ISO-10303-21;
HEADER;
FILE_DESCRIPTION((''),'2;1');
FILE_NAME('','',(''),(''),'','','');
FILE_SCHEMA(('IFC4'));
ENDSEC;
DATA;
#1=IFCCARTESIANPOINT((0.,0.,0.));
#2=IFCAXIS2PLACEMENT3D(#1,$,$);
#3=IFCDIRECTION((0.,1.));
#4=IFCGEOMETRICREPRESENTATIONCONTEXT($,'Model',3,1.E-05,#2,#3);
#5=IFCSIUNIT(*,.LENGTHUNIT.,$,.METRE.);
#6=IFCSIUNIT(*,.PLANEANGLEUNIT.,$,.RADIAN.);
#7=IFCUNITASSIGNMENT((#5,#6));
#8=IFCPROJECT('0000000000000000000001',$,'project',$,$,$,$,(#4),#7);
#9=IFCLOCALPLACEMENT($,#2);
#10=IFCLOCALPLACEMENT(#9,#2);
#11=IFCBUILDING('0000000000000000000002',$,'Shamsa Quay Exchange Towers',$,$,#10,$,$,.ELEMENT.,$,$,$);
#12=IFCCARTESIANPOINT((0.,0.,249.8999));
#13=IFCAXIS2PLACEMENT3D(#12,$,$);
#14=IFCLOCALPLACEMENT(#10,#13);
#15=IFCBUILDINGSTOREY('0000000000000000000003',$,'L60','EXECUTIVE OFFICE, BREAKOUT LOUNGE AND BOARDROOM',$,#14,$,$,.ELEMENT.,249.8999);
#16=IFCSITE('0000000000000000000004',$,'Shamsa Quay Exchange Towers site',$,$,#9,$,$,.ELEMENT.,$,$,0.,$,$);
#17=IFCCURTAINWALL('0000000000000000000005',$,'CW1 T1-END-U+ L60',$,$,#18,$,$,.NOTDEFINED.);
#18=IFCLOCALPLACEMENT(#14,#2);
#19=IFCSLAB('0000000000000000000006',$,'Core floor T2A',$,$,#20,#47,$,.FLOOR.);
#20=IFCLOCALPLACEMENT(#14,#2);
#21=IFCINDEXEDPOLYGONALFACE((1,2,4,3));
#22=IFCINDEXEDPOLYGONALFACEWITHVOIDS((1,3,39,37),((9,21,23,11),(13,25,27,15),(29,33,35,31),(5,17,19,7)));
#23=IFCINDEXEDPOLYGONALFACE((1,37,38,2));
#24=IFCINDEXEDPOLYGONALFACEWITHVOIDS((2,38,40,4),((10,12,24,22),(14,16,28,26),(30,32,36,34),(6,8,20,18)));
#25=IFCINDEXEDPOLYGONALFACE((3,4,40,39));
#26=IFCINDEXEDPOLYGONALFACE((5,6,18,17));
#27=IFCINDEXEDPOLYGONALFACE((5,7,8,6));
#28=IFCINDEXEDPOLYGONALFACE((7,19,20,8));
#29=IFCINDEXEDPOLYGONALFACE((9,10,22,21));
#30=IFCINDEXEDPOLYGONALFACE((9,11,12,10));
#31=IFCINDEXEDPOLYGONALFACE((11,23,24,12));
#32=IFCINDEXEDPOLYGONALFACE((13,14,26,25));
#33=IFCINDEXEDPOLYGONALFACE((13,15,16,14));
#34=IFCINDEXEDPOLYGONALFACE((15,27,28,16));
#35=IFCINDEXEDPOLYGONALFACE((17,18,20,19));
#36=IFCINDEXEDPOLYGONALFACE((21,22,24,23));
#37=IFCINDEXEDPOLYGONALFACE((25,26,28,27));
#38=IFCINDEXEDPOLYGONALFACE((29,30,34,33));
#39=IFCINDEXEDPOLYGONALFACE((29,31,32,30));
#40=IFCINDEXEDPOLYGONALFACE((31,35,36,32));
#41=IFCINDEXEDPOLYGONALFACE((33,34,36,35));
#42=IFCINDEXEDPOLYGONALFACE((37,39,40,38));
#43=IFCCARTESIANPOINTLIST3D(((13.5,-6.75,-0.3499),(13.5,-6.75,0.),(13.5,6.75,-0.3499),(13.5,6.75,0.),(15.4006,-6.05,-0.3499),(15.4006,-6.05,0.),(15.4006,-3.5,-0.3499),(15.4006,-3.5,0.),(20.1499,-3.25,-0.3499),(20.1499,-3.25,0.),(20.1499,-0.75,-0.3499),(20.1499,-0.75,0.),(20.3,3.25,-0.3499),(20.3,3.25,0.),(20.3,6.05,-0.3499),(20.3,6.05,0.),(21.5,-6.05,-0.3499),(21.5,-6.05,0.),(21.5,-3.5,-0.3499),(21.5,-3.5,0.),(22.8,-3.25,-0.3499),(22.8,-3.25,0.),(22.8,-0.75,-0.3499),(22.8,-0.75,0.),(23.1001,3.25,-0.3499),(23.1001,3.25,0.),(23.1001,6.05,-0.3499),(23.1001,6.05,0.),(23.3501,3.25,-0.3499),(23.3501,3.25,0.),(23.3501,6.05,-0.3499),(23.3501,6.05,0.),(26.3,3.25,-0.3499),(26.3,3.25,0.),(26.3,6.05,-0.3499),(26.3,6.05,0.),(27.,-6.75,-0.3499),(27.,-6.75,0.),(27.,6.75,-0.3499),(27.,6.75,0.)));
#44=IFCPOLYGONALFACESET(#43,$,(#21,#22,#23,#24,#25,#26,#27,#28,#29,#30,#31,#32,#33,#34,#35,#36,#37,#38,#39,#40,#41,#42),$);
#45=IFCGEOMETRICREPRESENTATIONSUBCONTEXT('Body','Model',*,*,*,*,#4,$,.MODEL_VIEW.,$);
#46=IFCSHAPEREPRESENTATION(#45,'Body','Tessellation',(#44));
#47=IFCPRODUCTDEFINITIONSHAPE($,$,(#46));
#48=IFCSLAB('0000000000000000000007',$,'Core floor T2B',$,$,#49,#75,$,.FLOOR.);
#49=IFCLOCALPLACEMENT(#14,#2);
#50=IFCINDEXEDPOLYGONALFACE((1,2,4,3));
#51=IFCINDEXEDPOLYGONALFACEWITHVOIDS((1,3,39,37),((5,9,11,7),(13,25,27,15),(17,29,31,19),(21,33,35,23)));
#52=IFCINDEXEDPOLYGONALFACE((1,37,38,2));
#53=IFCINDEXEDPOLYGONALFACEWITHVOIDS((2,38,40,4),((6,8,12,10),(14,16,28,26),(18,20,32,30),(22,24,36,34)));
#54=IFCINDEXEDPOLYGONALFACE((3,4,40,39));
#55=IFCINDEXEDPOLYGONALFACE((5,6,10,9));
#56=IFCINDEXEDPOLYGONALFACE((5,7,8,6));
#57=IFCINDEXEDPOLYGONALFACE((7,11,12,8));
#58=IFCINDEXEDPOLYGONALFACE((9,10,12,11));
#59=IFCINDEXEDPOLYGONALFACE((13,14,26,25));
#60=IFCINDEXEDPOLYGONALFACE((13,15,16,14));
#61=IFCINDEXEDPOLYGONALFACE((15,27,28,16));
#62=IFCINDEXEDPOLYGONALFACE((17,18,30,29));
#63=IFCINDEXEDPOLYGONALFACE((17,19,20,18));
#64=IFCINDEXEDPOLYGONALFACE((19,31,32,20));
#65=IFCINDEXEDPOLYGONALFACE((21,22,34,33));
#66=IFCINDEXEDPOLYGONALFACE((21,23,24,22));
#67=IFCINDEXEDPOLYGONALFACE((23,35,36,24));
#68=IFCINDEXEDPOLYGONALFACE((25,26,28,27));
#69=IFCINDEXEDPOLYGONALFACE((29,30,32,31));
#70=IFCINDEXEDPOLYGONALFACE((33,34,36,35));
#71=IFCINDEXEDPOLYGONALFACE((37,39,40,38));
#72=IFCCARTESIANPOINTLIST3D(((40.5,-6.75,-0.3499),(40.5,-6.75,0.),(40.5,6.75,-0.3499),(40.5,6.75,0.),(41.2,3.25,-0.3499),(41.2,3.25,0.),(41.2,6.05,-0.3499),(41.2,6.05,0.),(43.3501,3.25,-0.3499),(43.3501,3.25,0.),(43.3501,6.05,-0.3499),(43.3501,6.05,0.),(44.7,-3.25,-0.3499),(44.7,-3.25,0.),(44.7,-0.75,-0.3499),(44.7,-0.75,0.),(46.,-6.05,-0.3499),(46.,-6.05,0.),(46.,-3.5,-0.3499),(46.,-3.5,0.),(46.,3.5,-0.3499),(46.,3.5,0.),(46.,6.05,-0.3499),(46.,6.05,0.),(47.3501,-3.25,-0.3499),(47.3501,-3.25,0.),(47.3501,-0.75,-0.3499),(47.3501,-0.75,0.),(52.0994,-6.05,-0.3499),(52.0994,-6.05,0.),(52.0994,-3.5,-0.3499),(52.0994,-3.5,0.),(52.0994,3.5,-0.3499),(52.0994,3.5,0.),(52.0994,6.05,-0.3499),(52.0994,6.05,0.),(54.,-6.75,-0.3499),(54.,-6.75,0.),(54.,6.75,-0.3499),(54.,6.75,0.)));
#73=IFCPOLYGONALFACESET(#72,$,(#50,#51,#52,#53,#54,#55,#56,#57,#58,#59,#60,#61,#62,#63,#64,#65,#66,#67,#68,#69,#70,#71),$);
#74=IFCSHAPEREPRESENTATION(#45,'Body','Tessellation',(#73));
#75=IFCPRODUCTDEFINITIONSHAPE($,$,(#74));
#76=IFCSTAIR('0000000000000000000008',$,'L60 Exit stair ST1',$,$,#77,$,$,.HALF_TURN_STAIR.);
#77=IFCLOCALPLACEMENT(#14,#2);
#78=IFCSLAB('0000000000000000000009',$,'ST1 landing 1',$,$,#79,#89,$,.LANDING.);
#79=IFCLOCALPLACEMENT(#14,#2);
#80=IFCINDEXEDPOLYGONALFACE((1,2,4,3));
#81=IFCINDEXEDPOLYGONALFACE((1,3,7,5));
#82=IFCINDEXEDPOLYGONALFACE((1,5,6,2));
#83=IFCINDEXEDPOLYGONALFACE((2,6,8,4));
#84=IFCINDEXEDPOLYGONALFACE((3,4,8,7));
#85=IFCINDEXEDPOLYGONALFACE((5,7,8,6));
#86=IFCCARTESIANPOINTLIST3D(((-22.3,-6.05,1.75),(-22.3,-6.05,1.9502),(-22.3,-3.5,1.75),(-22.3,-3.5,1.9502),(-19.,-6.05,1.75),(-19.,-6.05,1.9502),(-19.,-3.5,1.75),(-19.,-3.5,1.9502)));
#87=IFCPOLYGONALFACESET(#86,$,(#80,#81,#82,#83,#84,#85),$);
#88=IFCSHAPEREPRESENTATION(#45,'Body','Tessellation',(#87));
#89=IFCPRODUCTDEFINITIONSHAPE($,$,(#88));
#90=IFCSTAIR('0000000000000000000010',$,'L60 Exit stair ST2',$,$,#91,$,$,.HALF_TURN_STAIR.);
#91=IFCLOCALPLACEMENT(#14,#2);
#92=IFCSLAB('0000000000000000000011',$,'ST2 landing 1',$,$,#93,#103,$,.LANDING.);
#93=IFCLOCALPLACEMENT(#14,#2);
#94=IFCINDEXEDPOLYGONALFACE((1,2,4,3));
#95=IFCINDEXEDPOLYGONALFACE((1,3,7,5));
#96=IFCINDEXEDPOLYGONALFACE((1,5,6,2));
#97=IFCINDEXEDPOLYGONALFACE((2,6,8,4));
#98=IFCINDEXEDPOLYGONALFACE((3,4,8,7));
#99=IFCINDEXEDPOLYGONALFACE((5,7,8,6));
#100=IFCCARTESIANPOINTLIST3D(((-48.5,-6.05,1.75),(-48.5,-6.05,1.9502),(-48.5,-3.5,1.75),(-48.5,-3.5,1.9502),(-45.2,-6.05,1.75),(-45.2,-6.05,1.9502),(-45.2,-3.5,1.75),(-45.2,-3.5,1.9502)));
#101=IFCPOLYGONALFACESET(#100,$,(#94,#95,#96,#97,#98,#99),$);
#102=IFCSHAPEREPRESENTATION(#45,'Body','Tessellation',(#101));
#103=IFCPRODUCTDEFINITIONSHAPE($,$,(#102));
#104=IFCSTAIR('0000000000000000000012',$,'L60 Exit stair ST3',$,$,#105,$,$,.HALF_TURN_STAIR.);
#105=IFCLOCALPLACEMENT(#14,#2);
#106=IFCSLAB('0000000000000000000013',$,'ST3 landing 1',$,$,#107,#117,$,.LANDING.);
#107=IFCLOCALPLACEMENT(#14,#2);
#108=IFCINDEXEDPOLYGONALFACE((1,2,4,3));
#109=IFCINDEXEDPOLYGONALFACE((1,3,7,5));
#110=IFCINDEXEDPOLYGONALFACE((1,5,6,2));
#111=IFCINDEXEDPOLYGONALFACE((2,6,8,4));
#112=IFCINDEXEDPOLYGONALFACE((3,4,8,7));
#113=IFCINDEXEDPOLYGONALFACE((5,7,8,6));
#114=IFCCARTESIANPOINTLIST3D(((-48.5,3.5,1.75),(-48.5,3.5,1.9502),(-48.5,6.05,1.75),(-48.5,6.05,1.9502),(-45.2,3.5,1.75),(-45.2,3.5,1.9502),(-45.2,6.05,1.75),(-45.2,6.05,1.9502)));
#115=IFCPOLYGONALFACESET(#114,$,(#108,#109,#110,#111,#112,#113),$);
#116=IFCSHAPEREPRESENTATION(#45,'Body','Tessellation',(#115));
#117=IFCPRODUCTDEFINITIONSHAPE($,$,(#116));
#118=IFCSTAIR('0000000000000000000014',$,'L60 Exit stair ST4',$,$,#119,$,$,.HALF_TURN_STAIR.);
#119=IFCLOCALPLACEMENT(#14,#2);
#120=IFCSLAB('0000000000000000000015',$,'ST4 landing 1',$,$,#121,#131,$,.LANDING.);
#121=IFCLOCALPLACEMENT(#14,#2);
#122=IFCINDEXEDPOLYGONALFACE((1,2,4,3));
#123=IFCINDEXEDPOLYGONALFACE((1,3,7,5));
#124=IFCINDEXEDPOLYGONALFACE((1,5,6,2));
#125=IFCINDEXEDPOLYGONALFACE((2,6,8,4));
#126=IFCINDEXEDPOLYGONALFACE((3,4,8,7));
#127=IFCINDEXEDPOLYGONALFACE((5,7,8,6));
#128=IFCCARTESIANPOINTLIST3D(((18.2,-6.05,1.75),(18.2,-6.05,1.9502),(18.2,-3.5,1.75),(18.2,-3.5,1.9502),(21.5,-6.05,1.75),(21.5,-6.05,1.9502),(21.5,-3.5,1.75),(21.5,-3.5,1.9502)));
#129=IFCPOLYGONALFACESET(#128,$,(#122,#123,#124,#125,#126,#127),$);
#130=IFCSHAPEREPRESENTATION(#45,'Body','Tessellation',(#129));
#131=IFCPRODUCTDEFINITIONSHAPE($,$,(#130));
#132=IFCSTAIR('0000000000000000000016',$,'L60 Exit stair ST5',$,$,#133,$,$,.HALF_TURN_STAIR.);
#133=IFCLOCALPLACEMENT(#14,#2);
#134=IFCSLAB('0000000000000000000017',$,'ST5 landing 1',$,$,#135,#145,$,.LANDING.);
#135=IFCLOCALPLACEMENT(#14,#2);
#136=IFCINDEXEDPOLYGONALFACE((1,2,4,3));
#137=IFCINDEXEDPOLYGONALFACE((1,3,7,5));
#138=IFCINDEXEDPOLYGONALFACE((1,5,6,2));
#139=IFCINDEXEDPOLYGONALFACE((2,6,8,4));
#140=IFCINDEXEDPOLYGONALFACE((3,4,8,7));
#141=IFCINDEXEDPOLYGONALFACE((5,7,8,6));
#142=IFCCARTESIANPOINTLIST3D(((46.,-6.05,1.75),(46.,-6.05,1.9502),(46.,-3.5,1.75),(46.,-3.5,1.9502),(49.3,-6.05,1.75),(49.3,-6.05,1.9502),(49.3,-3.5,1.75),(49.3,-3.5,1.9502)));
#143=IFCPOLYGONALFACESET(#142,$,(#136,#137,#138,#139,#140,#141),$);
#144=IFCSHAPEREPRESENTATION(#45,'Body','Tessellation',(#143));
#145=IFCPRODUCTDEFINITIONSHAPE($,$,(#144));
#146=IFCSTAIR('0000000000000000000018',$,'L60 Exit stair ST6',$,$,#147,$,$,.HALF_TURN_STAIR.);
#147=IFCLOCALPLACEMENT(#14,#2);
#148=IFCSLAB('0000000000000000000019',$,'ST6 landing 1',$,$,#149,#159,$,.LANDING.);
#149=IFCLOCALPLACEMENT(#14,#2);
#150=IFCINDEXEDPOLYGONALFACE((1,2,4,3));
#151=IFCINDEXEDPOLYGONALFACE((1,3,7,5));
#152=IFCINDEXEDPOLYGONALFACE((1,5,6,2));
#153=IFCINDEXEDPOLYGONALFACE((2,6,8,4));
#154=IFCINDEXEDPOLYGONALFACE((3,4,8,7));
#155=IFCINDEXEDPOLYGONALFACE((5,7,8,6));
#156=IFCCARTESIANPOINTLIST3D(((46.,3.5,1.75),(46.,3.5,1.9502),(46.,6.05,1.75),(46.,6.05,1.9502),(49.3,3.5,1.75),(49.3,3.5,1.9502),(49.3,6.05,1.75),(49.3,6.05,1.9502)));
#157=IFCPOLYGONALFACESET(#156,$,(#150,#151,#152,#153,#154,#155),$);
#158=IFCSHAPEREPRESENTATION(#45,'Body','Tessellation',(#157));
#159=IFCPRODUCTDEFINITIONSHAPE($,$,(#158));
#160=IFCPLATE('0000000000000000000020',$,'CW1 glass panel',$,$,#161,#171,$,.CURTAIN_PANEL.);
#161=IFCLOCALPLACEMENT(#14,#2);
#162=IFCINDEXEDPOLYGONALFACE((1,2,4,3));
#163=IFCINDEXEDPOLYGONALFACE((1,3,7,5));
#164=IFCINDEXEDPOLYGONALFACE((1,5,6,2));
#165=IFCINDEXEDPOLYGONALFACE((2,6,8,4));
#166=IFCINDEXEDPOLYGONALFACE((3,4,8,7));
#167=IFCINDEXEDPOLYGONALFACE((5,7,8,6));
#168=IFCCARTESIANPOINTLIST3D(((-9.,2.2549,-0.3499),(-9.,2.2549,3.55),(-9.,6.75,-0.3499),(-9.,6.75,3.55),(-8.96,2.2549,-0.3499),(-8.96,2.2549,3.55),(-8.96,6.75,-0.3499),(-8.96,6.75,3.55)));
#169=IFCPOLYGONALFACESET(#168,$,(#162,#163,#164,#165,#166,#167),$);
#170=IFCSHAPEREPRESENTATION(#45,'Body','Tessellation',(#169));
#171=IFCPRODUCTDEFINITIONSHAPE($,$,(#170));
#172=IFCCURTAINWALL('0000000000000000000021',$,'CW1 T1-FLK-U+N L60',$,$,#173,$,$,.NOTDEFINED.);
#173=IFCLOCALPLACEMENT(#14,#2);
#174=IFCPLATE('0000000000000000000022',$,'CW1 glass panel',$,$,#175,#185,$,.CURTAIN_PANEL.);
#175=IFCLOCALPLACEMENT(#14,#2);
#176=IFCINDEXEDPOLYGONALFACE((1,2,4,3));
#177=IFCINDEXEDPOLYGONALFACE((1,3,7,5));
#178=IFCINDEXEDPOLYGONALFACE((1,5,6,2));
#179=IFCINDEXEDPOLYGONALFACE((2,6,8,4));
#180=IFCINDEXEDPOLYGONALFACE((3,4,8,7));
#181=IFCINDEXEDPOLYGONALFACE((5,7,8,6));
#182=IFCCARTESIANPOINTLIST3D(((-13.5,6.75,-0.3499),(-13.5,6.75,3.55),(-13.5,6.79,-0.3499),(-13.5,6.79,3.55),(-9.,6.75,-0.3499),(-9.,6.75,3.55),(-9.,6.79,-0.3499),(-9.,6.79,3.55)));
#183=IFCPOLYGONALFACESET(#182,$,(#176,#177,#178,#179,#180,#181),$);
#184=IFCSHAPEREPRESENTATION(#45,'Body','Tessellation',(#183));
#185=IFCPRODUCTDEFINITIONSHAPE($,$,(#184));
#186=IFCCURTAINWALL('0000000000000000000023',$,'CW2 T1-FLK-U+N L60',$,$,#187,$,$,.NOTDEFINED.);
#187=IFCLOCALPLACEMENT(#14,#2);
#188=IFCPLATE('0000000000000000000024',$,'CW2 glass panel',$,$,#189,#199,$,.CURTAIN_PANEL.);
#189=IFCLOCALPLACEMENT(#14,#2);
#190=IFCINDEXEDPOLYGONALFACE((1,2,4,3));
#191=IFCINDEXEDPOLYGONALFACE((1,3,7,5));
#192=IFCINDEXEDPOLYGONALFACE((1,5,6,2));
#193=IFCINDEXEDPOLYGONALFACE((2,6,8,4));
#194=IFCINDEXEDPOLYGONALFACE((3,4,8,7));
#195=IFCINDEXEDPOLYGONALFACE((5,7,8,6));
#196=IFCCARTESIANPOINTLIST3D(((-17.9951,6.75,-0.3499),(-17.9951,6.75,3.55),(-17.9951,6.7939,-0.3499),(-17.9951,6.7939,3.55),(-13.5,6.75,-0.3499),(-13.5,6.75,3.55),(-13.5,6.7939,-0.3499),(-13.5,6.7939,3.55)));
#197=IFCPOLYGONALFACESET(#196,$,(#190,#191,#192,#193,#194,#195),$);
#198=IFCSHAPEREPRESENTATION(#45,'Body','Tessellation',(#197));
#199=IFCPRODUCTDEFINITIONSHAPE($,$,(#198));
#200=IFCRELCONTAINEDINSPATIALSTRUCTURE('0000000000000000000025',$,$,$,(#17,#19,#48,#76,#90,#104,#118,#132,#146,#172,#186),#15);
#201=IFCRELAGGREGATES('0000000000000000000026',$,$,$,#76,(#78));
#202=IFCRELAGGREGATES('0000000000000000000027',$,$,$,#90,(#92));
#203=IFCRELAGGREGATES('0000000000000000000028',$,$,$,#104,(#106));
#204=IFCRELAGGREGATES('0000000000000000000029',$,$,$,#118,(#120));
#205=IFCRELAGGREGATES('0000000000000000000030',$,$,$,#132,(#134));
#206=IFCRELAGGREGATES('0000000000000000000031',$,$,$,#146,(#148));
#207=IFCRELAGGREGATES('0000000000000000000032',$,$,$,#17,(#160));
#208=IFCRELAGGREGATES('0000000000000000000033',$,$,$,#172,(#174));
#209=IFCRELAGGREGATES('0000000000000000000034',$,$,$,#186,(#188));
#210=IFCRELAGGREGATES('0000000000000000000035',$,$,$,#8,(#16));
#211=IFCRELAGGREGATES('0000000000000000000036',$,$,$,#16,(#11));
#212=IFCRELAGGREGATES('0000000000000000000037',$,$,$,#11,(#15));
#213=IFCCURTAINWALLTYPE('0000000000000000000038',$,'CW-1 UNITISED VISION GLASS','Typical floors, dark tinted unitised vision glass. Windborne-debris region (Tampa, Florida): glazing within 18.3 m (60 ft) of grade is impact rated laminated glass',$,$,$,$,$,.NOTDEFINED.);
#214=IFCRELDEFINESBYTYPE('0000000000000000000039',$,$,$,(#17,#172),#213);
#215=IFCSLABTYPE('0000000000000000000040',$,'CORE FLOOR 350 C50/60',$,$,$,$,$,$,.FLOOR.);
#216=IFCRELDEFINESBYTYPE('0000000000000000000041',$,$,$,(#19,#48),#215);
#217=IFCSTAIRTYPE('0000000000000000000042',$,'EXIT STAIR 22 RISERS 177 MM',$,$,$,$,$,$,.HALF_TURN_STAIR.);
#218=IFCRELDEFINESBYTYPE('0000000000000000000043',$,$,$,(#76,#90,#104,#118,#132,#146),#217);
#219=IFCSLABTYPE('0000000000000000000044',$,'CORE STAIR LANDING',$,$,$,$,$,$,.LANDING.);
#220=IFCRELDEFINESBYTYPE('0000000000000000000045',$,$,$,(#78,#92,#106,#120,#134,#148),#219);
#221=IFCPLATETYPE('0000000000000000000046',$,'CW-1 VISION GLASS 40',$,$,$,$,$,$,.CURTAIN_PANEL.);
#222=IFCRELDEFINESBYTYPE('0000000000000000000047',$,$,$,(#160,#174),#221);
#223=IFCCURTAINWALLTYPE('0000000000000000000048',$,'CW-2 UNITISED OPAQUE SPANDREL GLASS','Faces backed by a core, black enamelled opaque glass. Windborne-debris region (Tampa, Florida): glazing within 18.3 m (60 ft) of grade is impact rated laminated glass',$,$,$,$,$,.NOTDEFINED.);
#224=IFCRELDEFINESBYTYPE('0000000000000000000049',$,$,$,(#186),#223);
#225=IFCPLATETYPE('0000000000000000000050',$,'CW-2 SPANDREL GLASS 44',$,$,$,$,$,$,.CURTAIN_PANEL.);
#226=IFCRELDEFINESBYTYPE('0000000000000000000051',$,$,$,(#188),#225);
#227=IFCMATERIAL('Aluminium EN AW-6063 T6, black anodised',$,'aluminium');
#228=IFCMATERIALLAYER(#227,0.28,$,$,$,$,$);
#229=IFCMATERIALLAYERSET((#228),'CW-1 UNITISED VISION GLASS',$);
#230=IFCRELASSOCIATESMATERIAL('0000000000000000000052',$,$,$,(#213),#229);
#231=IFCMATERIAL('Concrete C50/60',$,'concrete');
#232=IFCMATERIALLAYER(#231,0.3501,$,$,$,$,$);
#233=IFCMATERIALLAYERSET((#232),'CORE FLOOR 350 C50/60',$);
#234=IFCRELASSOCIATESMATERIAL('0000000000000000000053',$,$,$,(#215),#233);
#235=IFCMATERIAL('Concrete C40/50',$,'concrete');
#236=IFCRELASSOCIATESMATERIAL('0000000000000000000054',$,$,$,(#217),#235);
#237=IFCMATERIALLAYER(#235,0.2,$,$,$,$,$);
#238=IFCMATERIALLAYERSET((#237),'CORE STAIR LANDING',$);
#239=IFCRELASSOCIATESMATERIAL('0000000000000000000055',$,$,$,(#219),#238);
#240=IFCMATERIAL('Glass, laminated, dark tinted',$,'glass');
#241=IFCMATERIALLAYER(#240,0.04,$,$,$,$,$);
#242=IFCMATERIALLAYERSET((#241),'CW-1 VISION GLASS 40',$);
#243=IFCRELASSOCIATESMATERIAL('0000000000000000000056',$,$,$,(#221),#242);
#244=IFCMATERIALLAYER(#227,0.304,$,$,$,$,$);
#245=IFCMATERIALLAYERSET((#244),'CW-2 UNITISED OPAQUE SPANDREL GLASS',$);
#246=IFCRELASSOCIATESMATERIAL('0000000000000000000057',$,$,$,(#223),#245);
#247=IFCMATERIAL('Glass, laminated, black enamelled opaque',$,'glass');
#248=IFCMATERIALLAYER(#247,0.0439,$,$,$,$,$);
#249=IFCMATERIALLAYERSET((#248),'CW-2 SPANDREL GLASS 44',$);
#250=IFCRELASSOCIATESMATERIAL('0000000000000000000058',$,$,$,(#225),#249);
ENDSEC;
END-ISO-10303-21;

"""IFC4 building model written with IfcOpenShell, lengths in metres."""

from ifc_helpers import new_model, si_unit, direction, frame, origin, origin_2d, place, context, subcontext, project, spatial, polyline, rectangle, outline, extrude, material, layer, layer_set, type_object, element, aggregate, save


model = new_model("IFC4")

# Units and contexts
model_context = context("Model", 3, precision=1e-05, world=origin(), true_north=direction((0.0, 1.0)))
body_context = subcontext(model_context, "Body", "Model", "MODEL_VIEW")
ifc_project = project(units=[si_unit("LENGTHUNIT", "METRE"), si_unit("PLANEANGLEUNIT", "RADIAN")], contexts=[model_context])

# Site, building, storey
site_placement = place(None, origin())
site = spatial("IfcSite", under=ifc_project, at=site_placement, Name="Shamsa Quay Exchange Towers site", CompositionType="ELEMENT", RefElevation=0.0)
building_placement = place(site_placement, origin())
building = spatial("IfcBuilding", under=site, at=building_placement, Name="Shamsa Quay Exchange Towers", CompositionType="ELEMENT")
storey_placement = place(building_placement, frame((0.0, 0.0, 249.8999)))
storey = spatial("IfcBuildingStorey", under=building, at=storey_placement, Name="L60", Description="EXECUTIVE OFFICE, BREAKOUT LOUNGE AND BOARDROOM", CompositionType="ELEMENT", Elevation=249.8999)

# Curtain wall
ifc_material_1 = material(Name="Aluminium EN AW-6063 T6, black anodised", Category="aluminium")
ifc_layer_1 = layer(ifc_material_1, 0.28)
ifc_layer_set_1 = layer_set([ifc_layer_1], Name="CW-1 UNITISED VISION GLASS")
curtain_wall_type_1 = type_object("IfcCurtainWallType", Name="CW-1 UNITISED VISION GLASS", Description="Typical floors, dark tinted unitised vision glass. Windborne-debris region (Tampa, Florida): glazing within 18.3 m (60 ft) of grade is impact rated laminated glass", PredefinedType="NOTDEFINED", material=ifc_layer_set_1)
curtain_wall_1_placement = place(storey_placement, origin())
curtain_wall_1 = element("IfcCurtainWall", 1, at=curtain_wall_1_placement, inside=storey, type_object=curtain_wall_type_1, Name="CW1 T1-END-U+ L60", PredefinedType="NOTDEFINED")

# Slabs
ifc_material_2 = material(Name="Concrete C50/60", Category="concrete")
ifc_layer_2 = layer(ifc_material_2, 0.3501)
ifc_layer_set_2 = layer_set([ifc_layer_2], Name="CORE FLOOR 350 C50/60")
slab_type_1 = type_object("IfcSlabType", Name="CORE FLOOR 350 C50/60", PredefinedType="FLOOR", material=ifc_layer_set_2)
slab_1_placement = place(storey_placement, frame((0.0, 0.0, -0.3499)))
element("IfcSlab", 2, at=slab_1_placement, inside=storey, type_object=slab_type_1, Name="Core floor T2A", PredefinedType="FLOOR", context=body_context, shape_type="SweptSolid", body=[
    extrude(outline(polyline([(13.5, -6.75), (27.0, -6.75), (27.0, 6.75), (13.5, 6.75), (13.5, -6.75)]), holes=[polyline([(15.4006, -6.05), (15.4006, -3.5), (21.5, -3.5), (21.5, -6.05), (15.4006, -6.05)]), polyline([(20.3, 3.25), (20.3, 6.05), (23.1001, 6.05), (23.1001, 3.25), (20.3, 3.25)]), polyline([(23.3501, 3.25), (23.3501, 6.05), (26.3, 6.05), (26.3, 3.25), (23.3501, 3.25)]), polyline([(20.1499, -3.25), (20.1499, -0.75), (22.8, -0.75), (22.8, -3.25), (20.1499, -3.25)])]), origin(), (0.0, 0.0, 1.0), 0.3499),
])
slab_2_placement = place(storey_placement, frame((0.0, 0.0, -0.3499)))
element("IfcSlab", 3, at=slab_2_placement, inside=storey, type_object=slab_type_1, Name="Core floor T2B", PredefinedType="FLOOR", context=body_context, shape_type="SweptSolid", body=[
    extrude(outline(polyline([(54.0, -6.75), (54.0, 6.75), (40.5, 6.75), (40.5, -6.75), (54.0, -6.75)]), holes=[polyline([(52.0994, -3.5), (52.0994, -6.05), (46.0, -6.05), (46.0, -3.5), (52.0994, -3.5)]), polyline([(52.0994, 6.05), (52.0994, 3.5), (46.0, 3.5), (46.0, 6.05), (52.0994, 6.05)]), polyline([(43.3501, 3.25), (41.2, 3.25), (41.2, 6.05), (43.3501, 6.05), (43.3501, 3.25)]), polyline([(47.3501, -3.25), (44.7, -3.25), (44.7, -0.75), (47.3501, -0.75), (47.3501, -3.25)])]), origin(), (0.0, 0.0, 1.0), 0.3499),
])

# Stairs, slabs
ifc_material_3 = material(Name="Concrete C40/50", Category="concrete")
stair_type = type_object("IfcStairType", Name="EXIT STAIR 22 RISERS 177 MM", PredefinedType="HALF_TURN_STAIR", material=ifc_material_3)
stair_1_placement = place(storey_placement, origin())
stair_1 = element("IfcStair", 4, at=stair_1_placement, inside=storey, type_object=stair_type, Name="L60 Exit stair ST1", PredefinedType="HALF_TURN_STAIR")
ifc_layer_3 = layer(ifc_material_3, 0.2)
ifc_layer_set_3 = layer_set([ifc_layer_3], Name="CORE STAIR LANDING")
slab_type_2 = type_object("IfcSlabType", Name="CORE STAIR LANDING", PredefinedType="LANDING", material=ifc_layer_set_3)
slab_3_placement = place(storey_placement, frame((0.0, 0.0, 1.75)))
slab_3 = element("IfcSlab", 5, at=slab_3_placement, type_object=slab_type_2, Name="ST1 landing 1", PredefinedType="LANDING", context=body_context, shape_type="SweptSolid", body=[
    extrude(outline(polyline([(-22.3, -6.05), (-19.0, -6.05), (-19.0, -3.5), (-22.3, -3.5), (-22.3, -6.05)])), origin(), (0.0, 0.0, 1.0), 0.2002),
])
aggregate(stair_1, [slab_3])
stair_2_placement = place(storey_placement, origin())
stair_2 = element("IfcStair", 6, at=stair_2_placement, inside=storey, type_object=stair_type, Name="L60 Exit stair ST2", PredefinedType="HALF_TURN_STAIR")
slab_4_placement = place(storey_placement, frame((0.0, 0.0, 1.75)))
slab_4 = element("IfcSlab", 7, at=slab_4_placement, type_object=slab_type_2, Name="ST2 landing 1", PredefinedType="LANDING", context=body_context, shape_type="SweptSolid", body=[
    extrude(outline(polyline([(-45.2, -3.5), (-48.5, -3.5), (-48.5, -6.05), (-45.2, -6.05), (-45.2, -3.5)])), origin(), (0.0, 0.0, 1.0), 0.2002),
])
aggregate(stair_2, [slab_4])
stair_3_placement = place(storey_placement, origin())
stair_3 = element("IfcStair", 8, at=stair_3_placement, inside=storey, type_object=stair_type, Name="L60 Exit stair ST3", PredefinedType="HALF_TURN_STAIR")
slab_5_placement = place(storey_placement, frame((0.0, 0.0, 1.75)))
slab_5 = element("IfcSlab", 9, at=slab_5_placement, type_object=slab_type_2, Name="ST3 landing 1", PredefinedType="LANDING", context=body_context, shape_type="SweptSolid", body=[
    extrude(outline(polyline([(-45.2, 6.05), (-48.5, 6.05), (-48.5, 3.5), (-45.2, 3.5), (-45.2, 6.05)])), origin(), (0.0, 0.0, 1.0), 0.2002),
])
aggregate(stair_3, [slab_5])
stair_4_placement = place(storey_placement, origin())
stair_4 = element("IfcStair", 10, at=stair_4_placement, inside=storey, type_object=stair_type, Name="L60 Exit stair ST4", PredefinedType="HALF_TURN_STAIR")
slab_6_placement = place(storey_placement, frame((0.0, 0.0, 1.75)))
slab_6 = element("IfcSlab", 11, at=slab_6_placement, type_object=slab_type_2, Name="ST4 landing 1", PredefinedType="LANDING", context=body_context, shape_type="SweptSolid", body=[
    extrude(outline(polyline([(18.2, -6.05), (21.5, -6.05), (21.5, -3.5), (18.2, -3.5), (18.2, -6.05)])), origin(), (0.0, 0.0, 1.0), 0.2002),
])
aggregate(stair_4, [slab_6])
stair_5_placement = place(storey_placement, origin())
stair_5 = element("IfcStair", 12, at=stair_5_placement, inside=storey, type_object=stair_type, Name="L60 Exit stair ST5", PredefinedType="HALF_TURN_STAIR")
slab_7_placement = place(storey_placement, frame((0.0, 0.0, 1.75)))
slab_7 = element("IfcSlab", 13, at=slab_7_placement, type_object=slab_type_2, Name="ST5 landing 1", PredefinedType="LANDING", context=body_context, shape_type="SweptSolid", body=[
    extrude(outline(polyline([(49.3, -3.5), (46.0, -3.5), (46.0, -6.05), (49.3, -6.05), (49.3, -3.5)])), origin(), (0.0, 0.0, 1.0), 0.2002),
])
aggregate(stair_5, [slab_7])
stair_6_placement = place(storey_placement, origin())
stair_6 = element("IfcStair", 14, at=stair_6_placement, inside=storey, type_object=stair_type, Name="L60 Exit stair ST6", PredefinedType="HALF_TURN_STAIR")
slab_8_placement = place(storey_placement, frame((0.0, 0.0, 1.75)))
slab_8 = element("IfcSlab", 15, at=slab_8_placement, type_object=slab_type_2, Name="ST6 landing 1", PredefinedType="LANDING", context=body_context, shape_type="SweptSolid", body=[
    extrude(outline(polyline([(49.3, 6.05), (46.0, 6.05), (46.0, 3.5), (49.3, 3.5), (49.3, 6.05)])), origin(), (0.0, 0.0, 1.0), 0.2002),
])
aggregate(stair_6, [slab_8])

# Plate
ifc_material_4 = material(Name="Glass, laminated, dark tinted", Category="glass")
ifc_layer_4 = layer(ifc_material_4, 0.04)
ifc_layer_set_4 = layer_set([ifc_layer_4], Name="CW-1 VISION GLASS 40")
plate_type_1 = type_object("IfcPlateType", Name="CW-1 VISION GLASS 40", PredefinedType="CURTAIN_PANEL", material=ifc_layer_set_4)
plate_1_placement = place(storey_placement, frame((-8.98, 4.5024, -0.3499), z_axis=(0.0, 0.0, 1.0), x_axis=(0.0, 1.0, 0.0)))
plate_1 = element("IfcPlate", 16, at=plate_1_placement, type_object=plate_type_1, Name="CW1 glass panel", PredefinedType="CURTAIN_PANEL", context=body_context, shape_type="SweptSolid", body=[
    extrude(rectangle(XDim=4.4951, YDim=0.04, at=origin_2d()), origin(), (0.0, 0.0, 1.0), 3.8999),
])
aggregate(curtain_wall_1, [plate_1])

# Curtain wall, plate
curtain_wall_2_placement = place(storey_placement, origin())
curtain_wall_2 = element("IfcCurtainWall", 17, at=curtain_wall_2_placement, inside=storey, type_object=curtain_wall_type_1, Name="CW1 T1-FLK-U+N L60", PredefinedType="NOTDEFINED")
plate_2_placement = place(storey_placement, frame((-11.25, 6.77, -0.3499), z_axis=(0.0, 0.0, 1.0), x_axis=(-1.0, 0.0, 0.0)))
plate_2 = element("IfcPlate", 18, at=plate_2_placement, type_object=plate_type_1, Name="CW1 glass panel", PredefinedType="CURTAIN_PANEL", context=body_context, shape_type="SweptSolid", body=[
    extrude(rectangle(XDim=4.5, YDim=0.04, at=origin_2d()), origin(), (0.0, 0.0, 1.0), 3.8999),
])
aggregate(curtain_wall_2, [plate_2])

# Curtain wall, plate
ifc_layer_5 = layer(ifc_material_1, 0.304)
ifc_layer_set_5 = layer_set([ifc_layer_5], Name="CW-2 UNITISED OPAQUE SPANDREL GLASS")
curtain_wall_type_2 = type_object("IfcCurtainWallType", Name="CW-2 UNITISED OPAQUE SPANDREL GLASS", Description="Faces backed by a core, black enamelled opaque glass. Windborne-debris region (Tampa, Florida): glazing within 18.3 m (60 ft) of grade is impact rated laminated glass", PredefinedType="NOTDEFINED", material=ifc_layer_set_5)
curtain_wall_3_placement = place(storey_placement, origin())
curtain_wall_3 = element("IfcCurtainWall", 19, at=curtain_wall_3_placement, inside=storey, type_object=curtain_wall_type_2, Name="CW2 T1-FLK-U+N L60", PredefinedType="NOTDEFINED")
ifc_material_5 = material(Name="Glass, laminated, black enamelled opaque", Category="glass")
ifc_layer_6 = layer(ifc_material_5, 0.0439)
ifc_layer_set_6 = layer_set([ifc_layer_6], Name="CW-2 SPANDREL GLASS 44")
plate_type_2 = type_object("IfcPlateType", Name="CW-2 SPANDREL GLASS 44", PredefinedType="CURTAIN_PANEL", material=ifc_layer_set_6)
plate_3_placement = place(storey_placement, frame((-15.7476, 6.772, -0.3499), z_axis=(0.0, 0.0, 1.0), x_axis=(-1.0, 0.0, 0.0)))
plate_3 = element("IfcPlate", 20, at=plate_3_placement, type_object=plate_type_2, Name="CW2 glass panel", PredefinedType="CURTAIN_PANEL", context=body_context, shape_type="SweptSolid", body=[
    extrude(rectangle(XDim=4.4951, YDim=0.0439, at=origin_2d()), origin(), (0.0, 0.0, 1.0), 3.8999),
])
aggregate(curtain_wall_3, [plate_3])

save(model, "model.ifc")
